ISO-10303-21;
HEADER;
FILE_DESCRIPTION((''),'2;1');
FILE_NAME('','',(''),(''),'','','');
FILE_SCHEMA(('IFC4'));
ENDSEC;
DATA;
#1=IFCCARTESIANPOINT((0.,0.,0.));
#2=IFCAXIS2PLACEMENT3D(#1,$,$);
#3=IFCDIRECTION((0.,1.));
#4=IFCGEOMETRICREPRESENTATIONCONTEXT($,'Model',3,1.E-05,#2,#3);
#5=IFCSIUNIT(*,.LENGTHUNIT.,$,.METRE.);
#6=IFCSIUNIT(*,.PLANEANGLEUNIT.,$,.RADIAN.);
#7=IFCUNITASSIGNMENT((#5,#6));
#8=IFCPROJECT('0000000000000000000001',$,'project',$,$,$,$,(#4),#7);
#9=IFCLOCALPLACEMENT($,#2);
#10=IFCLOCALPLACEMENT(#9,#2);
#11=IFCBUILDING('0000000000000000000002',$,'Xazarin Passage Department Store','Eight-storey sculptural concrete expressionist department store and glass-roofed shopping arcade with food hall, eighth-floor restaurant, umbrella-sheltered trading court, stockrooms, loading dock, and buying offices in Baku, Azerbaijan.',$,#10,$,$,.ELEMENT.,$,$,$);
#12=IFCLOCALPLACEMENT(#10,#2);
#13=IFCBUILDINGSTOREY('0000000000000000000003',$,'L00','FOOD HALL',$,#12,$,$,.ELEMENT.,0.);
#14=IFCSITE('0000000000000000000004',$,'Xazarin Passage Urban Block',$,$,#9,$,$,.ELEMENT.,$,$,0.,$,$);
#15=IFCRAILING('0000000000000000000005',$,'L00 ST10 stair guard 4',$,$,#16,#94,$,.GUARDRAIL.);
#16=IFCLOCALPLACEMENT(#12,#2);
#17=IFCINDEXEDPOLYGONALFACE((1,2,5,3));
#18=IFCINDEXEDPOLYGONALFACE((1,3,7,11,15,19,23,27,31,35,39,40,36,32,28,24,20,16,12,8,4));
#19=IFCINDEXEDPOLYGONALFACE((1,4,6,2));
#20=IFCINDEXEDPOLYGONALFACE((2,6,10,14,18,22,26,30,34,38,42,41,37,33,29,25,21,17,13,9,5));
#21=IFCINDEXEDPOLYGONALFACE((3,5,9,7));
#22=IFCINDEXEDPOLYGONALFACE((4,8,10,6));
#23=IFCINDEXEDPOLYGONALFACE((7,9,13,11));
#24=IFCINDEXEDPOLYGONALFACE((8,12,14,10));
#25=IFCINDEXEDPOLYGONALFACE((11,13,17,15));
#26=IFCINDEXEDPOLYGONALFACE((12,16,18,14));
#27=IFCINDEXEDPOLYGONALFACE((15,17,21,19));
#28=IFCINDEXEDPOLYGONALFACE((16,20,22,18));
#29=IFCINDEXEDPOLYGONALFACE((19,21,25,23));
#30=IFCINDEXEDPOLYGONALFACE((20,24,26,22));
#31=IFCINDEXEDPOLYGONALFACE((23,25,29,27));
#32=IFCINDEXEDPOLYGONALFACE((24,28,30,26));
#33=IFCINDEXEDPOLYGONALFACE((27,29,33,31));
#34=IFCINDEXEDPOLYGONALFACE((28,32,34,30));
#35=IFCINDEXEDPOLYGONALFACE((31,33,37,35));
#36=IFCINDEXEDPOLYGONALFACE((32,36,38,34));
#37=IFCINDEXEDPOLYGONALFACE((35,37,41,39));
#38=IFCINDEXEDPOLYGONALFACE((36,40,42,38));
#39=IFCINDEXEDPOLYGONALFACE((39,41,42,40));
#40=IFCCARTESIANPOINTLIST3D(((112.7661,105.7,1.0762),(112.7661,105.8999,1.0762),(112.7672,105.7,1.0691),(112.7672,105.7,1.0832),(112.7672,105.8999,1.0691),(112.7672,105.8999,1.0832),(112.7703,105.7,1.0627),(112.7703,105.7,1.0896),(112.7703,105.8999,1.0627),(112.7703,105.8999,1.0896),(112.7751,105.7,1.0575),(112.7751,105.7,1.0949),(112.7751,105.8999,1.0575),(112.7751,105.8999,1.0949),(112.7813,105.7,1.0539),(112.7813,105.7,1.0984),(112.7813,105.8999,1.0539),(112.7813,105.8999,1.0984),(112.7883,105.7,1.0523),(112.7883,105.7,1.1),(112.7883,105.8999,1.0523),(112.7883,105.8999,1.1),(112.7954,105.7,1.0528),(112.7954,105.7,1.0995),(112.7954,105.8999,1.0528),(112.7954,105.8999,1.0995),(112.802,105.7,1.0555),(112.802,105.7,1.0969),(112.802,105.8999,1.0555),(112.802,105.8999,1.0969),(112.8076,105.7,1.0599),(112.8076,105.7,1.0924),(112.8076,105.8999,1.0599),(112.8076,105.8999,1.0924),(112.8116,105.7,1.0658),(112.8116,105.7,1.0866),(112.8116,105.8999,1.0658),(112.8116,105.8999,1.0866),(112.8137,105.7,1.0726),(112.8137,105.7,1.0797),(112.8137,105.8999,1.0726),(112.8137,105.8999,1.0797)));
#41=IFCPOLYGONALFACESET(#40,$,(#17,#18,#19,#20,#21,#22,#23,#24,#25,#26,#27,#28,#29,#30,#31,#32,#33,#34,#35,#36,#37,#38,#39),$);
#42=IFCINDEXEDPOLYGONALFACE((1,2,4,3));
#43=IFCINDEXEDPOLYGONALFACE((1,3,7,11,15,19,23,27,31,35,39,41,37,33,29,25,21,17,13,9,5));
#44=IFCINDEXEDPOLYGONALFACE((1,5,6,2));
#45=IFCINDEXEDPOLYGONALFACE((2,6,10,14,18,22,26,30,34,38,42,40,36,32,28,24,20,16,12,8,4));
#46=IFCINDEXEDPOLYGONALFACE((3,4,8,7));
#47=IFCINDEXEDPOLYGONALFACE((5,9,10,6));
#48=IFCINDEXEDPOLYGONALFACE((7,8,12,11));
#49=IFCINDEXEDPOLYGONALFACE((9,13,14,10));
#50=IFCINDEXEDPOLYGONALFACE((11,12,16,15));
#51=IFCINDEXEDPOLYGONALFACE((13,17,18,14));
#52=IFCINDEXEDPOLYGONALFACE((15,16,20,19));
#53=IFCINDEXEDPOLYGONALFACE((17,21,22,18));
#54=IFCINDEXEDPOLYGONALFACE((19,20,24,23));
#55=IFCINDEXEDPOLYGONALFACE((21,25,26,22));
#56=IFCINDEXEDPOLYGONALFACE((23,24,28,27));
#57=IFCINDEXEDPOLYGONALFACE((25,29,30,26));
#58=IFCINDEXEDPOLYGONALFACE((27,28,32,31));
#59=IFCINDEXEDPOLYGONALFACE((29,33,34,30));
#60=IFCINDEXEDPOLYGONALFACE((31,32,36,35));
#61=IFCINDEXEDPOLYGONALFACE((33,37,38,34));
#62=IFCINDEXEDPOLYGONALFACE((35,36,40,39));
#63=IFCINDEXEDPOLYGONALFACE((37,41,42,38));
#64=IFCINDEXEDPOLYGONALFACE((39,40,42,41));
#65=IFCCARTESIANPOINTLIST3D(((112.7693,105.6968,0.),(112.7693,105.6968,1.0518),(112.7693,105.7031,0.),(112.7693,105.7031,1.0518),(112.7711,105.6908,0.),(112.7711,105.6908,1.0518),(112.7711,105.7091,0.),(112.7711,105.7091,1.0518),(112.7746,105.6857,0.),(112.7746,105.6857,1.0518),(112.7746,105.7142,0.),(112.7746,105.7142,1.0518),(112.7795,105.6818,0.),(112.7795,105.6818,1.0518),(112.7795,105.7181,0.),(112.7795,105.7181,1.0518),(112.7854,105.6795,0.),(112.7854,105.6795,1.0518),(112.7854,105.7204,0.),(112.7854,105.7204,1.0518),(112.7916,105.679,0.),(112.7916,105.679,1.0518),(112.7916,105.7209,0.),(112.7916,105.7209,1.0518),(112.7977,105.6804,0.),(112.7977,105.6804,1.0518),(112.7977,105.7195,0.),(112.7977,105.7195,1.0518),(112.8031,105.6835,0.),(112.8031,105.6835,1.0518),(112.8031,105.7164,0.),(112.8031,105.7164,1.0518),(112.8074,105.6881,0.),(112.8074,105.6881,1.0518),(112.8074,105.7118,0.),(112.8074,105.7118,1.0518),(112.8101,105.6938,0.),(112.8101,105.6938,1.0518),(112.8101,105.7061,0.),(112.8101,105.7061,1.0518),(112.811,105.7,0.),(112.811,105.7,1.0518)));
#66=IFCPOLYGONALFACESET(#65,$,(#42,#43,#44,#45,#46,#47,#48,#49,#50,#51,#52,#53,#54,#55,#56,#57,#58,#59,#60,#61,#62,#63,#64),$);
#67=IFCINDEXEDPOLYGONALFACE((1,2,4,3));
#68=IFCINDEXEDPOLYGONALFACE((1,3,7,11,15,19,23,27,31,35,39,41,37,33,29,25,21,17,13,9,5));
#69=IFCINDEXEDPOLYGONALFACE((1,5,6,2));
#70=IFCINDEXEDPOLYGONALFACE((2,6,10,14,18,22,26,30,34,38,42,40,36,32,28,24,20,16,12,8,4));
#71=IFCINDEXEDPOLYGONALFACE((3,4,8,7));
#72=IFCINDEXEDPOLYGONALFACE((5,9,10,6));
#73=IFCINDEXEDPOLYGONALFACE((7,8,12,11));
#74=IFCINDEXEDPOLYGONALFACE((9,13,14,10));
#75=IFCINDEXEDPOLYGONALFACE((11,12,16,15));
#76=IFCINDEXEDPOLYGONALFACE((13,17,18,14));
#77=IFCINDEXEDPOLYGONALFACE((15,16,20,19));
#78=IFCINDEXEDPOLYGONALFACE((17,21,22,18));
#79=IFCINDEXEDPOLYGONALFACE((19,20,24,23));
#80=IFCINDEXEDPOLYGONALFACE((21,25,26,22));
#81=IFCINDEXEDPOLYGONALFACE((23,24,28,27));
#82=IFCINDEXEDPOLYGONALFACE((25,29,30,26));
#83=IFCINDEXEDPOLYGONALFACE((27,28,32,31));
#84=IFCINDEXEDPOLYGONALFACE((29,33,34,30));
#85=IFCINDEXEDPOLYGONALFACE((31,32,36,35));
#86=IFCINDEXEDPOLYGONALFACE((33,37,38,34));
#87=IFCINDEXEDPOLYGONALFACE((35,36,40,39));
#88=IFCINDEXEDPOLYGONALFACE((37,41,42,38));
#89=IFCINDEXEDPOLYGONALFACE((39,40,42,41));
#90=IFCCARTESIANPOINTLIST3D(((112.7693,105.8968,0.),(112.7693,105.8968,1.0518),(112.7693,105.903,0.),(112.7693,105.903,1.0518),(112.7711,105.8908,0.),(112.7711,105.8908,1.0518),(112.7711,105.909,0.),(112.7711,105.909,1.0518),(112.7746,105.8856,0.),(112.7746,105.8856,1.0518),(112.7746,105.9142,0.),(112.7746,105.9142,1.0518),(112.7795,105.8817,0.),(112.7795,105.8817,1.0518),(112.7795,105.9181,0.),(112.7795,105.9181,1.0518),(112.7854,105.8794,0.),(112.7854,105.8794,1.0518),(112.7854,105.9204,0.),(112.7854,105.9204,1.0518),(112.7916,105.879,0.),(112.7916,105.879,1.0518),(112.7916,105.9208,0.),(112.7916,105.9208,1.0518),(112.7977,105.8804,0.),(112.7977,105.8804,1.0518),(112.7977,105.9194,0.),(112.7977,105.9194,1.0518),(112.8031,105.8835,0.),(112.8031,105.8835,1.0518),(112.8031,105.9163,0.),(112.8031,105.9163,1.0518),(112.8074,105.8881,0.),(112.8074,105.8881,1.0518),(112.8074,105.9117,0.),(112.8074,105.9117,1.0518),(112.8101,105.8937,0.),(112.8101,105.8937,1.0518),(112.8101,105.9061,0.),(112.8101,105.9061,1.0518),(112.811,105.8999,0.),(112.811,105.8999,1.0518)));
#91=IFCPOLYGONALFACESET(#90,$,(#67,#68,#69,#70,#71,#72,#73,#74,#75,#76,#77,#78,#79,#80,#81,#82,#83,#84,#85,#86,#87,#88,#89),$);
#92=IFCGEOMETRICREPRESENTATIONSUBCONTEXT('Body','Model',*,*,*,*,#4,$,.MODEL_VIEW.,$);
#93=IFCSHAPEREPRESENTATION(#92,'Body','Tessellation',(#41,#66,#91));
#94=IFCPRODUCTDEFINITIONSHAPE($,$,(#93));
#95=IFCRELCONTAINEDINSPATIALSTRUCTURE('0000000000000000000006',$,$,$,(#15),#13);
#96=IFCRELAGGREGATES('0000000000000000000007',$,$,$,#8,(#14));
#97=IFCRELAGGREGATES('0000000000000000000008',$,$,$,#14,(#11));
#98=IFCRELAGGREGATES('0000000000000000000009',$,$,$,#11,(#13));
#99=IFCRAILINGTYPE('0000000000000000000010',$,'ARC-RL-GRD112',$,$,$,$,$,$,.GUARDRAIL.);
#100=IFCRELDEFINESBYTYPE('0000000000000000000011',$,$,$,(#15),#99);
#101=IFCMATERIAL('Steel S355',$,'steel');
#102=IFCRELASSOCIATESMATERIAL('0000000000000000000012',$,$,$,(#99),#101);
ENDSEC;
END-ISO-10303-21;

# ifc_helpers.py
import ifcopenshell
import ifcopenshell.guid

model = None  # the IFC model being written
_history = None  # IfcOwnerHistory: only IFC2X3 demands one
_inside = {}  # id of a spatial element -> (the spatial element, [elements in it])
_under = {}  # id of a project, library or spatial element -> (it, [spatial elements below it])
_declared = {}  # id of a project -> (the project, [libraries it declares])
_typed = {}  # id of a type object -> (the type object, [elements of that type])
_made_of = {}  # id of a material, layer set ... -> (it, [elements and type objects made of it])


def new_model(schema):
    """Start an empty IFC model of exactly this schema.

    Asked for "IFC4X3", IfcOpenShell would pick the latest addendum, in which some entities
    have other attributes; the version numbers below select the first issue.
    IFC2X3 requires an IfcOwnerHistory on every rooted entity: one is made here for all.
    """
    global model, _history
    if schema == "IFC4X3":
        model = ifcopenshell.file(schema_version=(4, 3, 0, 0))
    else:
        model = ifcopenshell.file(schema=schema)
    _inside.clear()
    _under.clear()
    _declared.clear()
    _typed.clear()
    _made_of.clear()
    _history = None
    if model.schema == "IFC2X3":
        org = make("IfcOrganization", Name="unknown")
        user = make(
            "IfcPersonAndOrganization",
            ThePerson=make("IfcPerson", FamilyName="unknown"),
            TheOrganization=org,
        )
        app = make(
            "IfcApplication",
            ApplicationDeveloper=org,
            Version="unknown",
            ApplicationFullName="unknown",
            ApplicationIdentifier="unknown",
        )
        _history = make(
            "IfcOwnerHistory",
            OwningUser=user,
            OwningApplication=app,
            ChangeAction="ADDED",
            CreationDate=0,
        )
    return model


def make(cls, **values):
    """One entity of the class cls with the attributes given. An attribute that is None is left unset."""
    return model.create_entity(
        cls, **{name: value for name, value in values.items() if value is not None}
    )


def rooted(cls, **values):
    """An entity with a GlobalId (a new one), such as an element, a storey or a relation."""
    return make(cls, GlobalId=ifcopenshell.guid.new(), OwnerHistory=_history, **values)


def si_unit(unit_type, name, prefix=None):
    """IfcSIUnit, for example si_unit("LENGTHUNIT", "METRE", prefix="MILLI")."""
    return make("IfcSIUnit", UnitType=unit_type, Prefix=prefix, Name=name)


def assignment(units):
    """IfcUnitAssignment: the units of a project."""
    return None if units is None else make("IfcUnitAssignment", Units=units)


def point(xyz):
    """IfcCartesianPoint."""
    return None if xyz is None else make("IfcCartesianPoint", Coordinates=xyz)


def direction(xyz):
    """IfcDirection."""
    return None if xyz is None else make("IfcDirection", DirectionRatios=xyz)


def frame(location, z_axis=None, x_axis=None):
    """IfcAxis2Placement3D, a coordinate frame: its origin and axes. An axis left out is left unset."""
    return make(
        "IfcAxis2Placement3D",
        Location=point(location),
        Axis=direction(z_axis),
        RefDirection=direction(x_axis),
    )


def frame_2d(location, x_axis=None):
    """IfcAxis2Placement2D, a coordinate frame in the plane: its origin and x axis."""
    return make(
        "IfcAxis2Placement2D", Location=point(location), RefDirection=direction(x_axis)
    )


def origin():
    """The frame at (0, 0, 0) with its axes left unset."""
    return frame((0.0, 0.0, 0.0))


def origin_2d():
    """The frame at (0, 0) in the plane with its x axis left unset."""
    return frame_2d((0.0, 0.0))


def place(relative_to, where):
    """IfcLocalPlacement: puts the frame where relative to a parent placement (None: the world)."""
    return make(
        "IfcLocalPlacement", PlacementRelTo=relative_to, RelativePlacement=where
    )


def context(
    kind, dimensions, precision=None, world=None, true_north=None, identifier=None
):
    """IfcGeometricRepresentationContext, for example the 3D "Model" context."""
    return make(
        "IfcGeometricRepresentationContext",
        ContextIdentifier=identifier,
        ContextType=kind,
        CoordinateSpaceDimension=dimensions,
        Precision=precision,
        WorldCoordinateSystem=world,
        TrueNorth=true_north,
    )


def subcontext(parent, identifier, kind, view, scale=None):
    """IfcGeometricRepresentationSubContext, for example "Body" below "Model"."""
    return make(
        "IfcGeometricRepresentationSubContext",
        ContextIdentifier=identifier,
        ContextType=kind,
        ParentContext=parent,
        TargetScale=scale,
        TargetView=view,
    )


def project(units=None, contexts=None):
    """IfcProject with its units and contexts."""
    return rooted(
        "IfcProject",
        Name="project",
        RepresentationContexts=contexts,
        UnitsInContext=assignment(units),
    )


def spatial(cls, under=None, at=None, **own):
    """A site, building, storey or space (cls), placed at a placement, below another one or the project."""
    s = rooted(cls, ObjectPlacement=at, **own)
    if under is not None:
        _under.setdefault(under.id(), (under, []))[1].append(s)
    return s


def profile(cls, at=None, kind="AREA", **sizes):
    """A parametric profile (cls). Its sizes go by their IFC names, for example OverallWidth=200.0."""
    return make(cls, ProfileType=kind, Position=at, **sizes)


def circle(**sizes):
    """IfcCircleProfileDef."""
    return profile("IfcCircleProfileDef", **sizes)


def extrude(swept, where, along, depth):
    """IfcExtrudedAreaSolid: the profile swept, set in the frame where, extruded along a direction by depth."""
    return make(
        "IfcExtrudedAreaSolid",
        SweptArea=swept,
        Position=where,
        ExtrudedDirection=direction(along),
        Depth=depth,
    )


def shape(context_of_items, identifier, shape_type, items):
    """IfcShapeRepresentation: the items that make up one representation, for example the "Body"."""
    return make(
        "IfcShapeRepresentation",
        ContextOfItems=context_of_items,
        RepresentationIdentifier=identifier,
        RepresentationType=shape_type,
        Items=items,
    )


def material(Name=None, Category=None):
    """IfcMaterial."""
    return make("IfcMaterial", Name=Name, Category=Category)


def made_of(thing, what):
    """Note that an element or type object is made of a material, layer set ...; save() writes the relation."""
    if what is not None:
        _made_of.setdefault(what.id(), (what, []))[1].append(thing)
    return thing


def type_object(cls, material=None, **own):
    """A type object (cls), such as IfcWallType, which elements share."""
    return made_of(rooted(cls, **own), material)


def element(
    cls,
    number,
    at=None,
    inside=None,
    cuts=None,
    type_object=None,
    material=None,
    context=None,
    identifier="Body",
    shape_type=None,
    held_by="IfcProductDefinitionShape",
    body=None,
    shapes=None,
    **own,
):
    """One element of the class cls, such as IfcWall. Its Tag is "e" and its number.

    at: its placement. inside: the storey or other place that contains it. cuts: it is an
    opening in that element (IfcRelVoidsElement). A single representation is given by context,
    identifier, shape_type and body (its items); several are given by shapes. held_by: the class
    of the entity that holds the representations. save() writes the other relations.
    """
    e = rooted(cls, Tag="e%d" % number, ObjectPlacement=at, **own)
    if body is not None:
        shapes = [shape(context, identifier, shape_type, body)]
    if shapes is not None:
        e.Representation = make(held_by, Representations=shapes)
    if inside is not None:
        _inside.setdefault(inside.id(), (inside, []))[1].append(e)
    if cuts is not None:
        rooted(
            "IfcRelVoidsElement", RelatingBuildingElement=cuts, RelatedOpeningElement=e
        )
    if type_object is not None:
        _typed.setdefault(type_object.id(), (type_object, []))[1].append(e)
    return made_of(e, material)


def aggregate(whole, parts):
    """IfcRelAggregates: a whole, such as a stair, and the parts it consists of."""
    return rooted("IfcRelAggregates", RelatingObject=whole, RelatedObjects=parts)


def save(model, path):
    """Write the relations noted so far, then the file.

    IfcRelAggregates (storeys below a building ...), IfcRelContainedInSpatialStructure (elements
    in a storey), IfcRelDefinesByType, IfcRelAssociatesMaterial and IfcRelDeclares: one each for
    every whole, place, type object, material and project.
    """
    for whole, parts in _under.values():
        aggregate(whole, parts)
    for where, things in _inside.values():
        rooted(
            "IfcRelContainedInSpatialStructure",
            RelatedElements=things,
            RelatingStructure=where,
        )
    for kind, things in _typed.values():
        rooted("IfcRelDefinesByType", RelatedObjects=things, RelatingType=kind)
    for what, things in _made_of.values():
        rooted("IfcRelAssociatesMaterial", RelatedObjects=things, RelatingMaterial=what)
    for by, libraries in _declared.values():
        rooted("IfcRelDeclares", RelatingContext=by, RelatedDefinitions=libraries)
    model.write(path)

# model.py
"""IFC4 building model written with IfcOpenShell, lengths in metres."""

from ifc_helpers import new_model, si_unit, direction, frame, origin, origin_2d, place, context, subcontext, project, spatial, circle, extrude, material, type_object, element, save


model = new_model("IFC4")

# Units and contexts
model_context = context("Model", 3, precision=1e-05, world=origin(), true_north=direction((0.0, 1.0)))
body_context = subcontext(model_context, "Body", "Model", "MODEL_VIEW")
ifc_project = project(units=[si_unit("LENGTHUNIT", "METRE"), si_unit("PLANEANGLEUNIT", "RADIAN")], contexts=[model_context])

# Site, building, storey
site_placement = place(None, origin())
site = spatial("IfcSite", under=ifc_project, at=site_placement, Name="Xazarin Passage Urban Block", CompositionType="ELEMENT", RefElevation=0.0)
building_placement = place(site_placement, origin())
building = spatial("IfcBuilding", under=site, at=building_placement, Name="Xazarin Passage Department Store", Description="Eight-storey sculptural concrete expressionist department store and glass-roofed shopping arcade with food hall, eighth-floor restaurant, umbrella-sheltered trading court, stockrooms, loading dock, and buying offices in Baku, Azerbaijan.", CompositionType="ELEMENT")
storey_placement = place(building_placement, origin())
storey = spatial("IfcBuildingStorey", under=building, at=storey_placement, Name="L00", Description="FOOD HALL", CompositionType="ELEMENT", Elevation=0.0)

# Railing
ifc_material_1 = material(Name="Steel S355", Category="steel")
railing_type_1 = type_object("IfcRailingType", Name="ARC-RL-GRD112", PredefinedType="GUARDRAIL", material=ifc_material_1)
railing_1_placement = place(storey_placement, frame((112.79, 105.7, 0.0)))
element("IfcRailing", 1, at=railing_1_placement, inside=storey, type_object=railing_type_1, Name="L00 ST10 stair guard 4", PredefinedType="GUARDRAIL", context=body_context, shape_type="SweptSolid", body=[
    extrude(circle(Radius=0.0239, at=origin_2d()), frame((0.0, 0.0, 1.0762), z_axis=(0.0, 1.0, 0.0), x_axis=(-1.0, 0.0, 0.0)), (0.0, 0.0, 1.0), 0.2),
    extrude(circle(Radius=0.021, at=origin_2d()), origin(), (0.0, 0.0, 1.0), 1.0518),
    extrude(circle(Radius=0.021, at=origin_2d()), frame((0.0, 0.2, 0.0)), (0.0, 0.0, 1.0), 1.0518),
])

save(model, "model.ifc")
